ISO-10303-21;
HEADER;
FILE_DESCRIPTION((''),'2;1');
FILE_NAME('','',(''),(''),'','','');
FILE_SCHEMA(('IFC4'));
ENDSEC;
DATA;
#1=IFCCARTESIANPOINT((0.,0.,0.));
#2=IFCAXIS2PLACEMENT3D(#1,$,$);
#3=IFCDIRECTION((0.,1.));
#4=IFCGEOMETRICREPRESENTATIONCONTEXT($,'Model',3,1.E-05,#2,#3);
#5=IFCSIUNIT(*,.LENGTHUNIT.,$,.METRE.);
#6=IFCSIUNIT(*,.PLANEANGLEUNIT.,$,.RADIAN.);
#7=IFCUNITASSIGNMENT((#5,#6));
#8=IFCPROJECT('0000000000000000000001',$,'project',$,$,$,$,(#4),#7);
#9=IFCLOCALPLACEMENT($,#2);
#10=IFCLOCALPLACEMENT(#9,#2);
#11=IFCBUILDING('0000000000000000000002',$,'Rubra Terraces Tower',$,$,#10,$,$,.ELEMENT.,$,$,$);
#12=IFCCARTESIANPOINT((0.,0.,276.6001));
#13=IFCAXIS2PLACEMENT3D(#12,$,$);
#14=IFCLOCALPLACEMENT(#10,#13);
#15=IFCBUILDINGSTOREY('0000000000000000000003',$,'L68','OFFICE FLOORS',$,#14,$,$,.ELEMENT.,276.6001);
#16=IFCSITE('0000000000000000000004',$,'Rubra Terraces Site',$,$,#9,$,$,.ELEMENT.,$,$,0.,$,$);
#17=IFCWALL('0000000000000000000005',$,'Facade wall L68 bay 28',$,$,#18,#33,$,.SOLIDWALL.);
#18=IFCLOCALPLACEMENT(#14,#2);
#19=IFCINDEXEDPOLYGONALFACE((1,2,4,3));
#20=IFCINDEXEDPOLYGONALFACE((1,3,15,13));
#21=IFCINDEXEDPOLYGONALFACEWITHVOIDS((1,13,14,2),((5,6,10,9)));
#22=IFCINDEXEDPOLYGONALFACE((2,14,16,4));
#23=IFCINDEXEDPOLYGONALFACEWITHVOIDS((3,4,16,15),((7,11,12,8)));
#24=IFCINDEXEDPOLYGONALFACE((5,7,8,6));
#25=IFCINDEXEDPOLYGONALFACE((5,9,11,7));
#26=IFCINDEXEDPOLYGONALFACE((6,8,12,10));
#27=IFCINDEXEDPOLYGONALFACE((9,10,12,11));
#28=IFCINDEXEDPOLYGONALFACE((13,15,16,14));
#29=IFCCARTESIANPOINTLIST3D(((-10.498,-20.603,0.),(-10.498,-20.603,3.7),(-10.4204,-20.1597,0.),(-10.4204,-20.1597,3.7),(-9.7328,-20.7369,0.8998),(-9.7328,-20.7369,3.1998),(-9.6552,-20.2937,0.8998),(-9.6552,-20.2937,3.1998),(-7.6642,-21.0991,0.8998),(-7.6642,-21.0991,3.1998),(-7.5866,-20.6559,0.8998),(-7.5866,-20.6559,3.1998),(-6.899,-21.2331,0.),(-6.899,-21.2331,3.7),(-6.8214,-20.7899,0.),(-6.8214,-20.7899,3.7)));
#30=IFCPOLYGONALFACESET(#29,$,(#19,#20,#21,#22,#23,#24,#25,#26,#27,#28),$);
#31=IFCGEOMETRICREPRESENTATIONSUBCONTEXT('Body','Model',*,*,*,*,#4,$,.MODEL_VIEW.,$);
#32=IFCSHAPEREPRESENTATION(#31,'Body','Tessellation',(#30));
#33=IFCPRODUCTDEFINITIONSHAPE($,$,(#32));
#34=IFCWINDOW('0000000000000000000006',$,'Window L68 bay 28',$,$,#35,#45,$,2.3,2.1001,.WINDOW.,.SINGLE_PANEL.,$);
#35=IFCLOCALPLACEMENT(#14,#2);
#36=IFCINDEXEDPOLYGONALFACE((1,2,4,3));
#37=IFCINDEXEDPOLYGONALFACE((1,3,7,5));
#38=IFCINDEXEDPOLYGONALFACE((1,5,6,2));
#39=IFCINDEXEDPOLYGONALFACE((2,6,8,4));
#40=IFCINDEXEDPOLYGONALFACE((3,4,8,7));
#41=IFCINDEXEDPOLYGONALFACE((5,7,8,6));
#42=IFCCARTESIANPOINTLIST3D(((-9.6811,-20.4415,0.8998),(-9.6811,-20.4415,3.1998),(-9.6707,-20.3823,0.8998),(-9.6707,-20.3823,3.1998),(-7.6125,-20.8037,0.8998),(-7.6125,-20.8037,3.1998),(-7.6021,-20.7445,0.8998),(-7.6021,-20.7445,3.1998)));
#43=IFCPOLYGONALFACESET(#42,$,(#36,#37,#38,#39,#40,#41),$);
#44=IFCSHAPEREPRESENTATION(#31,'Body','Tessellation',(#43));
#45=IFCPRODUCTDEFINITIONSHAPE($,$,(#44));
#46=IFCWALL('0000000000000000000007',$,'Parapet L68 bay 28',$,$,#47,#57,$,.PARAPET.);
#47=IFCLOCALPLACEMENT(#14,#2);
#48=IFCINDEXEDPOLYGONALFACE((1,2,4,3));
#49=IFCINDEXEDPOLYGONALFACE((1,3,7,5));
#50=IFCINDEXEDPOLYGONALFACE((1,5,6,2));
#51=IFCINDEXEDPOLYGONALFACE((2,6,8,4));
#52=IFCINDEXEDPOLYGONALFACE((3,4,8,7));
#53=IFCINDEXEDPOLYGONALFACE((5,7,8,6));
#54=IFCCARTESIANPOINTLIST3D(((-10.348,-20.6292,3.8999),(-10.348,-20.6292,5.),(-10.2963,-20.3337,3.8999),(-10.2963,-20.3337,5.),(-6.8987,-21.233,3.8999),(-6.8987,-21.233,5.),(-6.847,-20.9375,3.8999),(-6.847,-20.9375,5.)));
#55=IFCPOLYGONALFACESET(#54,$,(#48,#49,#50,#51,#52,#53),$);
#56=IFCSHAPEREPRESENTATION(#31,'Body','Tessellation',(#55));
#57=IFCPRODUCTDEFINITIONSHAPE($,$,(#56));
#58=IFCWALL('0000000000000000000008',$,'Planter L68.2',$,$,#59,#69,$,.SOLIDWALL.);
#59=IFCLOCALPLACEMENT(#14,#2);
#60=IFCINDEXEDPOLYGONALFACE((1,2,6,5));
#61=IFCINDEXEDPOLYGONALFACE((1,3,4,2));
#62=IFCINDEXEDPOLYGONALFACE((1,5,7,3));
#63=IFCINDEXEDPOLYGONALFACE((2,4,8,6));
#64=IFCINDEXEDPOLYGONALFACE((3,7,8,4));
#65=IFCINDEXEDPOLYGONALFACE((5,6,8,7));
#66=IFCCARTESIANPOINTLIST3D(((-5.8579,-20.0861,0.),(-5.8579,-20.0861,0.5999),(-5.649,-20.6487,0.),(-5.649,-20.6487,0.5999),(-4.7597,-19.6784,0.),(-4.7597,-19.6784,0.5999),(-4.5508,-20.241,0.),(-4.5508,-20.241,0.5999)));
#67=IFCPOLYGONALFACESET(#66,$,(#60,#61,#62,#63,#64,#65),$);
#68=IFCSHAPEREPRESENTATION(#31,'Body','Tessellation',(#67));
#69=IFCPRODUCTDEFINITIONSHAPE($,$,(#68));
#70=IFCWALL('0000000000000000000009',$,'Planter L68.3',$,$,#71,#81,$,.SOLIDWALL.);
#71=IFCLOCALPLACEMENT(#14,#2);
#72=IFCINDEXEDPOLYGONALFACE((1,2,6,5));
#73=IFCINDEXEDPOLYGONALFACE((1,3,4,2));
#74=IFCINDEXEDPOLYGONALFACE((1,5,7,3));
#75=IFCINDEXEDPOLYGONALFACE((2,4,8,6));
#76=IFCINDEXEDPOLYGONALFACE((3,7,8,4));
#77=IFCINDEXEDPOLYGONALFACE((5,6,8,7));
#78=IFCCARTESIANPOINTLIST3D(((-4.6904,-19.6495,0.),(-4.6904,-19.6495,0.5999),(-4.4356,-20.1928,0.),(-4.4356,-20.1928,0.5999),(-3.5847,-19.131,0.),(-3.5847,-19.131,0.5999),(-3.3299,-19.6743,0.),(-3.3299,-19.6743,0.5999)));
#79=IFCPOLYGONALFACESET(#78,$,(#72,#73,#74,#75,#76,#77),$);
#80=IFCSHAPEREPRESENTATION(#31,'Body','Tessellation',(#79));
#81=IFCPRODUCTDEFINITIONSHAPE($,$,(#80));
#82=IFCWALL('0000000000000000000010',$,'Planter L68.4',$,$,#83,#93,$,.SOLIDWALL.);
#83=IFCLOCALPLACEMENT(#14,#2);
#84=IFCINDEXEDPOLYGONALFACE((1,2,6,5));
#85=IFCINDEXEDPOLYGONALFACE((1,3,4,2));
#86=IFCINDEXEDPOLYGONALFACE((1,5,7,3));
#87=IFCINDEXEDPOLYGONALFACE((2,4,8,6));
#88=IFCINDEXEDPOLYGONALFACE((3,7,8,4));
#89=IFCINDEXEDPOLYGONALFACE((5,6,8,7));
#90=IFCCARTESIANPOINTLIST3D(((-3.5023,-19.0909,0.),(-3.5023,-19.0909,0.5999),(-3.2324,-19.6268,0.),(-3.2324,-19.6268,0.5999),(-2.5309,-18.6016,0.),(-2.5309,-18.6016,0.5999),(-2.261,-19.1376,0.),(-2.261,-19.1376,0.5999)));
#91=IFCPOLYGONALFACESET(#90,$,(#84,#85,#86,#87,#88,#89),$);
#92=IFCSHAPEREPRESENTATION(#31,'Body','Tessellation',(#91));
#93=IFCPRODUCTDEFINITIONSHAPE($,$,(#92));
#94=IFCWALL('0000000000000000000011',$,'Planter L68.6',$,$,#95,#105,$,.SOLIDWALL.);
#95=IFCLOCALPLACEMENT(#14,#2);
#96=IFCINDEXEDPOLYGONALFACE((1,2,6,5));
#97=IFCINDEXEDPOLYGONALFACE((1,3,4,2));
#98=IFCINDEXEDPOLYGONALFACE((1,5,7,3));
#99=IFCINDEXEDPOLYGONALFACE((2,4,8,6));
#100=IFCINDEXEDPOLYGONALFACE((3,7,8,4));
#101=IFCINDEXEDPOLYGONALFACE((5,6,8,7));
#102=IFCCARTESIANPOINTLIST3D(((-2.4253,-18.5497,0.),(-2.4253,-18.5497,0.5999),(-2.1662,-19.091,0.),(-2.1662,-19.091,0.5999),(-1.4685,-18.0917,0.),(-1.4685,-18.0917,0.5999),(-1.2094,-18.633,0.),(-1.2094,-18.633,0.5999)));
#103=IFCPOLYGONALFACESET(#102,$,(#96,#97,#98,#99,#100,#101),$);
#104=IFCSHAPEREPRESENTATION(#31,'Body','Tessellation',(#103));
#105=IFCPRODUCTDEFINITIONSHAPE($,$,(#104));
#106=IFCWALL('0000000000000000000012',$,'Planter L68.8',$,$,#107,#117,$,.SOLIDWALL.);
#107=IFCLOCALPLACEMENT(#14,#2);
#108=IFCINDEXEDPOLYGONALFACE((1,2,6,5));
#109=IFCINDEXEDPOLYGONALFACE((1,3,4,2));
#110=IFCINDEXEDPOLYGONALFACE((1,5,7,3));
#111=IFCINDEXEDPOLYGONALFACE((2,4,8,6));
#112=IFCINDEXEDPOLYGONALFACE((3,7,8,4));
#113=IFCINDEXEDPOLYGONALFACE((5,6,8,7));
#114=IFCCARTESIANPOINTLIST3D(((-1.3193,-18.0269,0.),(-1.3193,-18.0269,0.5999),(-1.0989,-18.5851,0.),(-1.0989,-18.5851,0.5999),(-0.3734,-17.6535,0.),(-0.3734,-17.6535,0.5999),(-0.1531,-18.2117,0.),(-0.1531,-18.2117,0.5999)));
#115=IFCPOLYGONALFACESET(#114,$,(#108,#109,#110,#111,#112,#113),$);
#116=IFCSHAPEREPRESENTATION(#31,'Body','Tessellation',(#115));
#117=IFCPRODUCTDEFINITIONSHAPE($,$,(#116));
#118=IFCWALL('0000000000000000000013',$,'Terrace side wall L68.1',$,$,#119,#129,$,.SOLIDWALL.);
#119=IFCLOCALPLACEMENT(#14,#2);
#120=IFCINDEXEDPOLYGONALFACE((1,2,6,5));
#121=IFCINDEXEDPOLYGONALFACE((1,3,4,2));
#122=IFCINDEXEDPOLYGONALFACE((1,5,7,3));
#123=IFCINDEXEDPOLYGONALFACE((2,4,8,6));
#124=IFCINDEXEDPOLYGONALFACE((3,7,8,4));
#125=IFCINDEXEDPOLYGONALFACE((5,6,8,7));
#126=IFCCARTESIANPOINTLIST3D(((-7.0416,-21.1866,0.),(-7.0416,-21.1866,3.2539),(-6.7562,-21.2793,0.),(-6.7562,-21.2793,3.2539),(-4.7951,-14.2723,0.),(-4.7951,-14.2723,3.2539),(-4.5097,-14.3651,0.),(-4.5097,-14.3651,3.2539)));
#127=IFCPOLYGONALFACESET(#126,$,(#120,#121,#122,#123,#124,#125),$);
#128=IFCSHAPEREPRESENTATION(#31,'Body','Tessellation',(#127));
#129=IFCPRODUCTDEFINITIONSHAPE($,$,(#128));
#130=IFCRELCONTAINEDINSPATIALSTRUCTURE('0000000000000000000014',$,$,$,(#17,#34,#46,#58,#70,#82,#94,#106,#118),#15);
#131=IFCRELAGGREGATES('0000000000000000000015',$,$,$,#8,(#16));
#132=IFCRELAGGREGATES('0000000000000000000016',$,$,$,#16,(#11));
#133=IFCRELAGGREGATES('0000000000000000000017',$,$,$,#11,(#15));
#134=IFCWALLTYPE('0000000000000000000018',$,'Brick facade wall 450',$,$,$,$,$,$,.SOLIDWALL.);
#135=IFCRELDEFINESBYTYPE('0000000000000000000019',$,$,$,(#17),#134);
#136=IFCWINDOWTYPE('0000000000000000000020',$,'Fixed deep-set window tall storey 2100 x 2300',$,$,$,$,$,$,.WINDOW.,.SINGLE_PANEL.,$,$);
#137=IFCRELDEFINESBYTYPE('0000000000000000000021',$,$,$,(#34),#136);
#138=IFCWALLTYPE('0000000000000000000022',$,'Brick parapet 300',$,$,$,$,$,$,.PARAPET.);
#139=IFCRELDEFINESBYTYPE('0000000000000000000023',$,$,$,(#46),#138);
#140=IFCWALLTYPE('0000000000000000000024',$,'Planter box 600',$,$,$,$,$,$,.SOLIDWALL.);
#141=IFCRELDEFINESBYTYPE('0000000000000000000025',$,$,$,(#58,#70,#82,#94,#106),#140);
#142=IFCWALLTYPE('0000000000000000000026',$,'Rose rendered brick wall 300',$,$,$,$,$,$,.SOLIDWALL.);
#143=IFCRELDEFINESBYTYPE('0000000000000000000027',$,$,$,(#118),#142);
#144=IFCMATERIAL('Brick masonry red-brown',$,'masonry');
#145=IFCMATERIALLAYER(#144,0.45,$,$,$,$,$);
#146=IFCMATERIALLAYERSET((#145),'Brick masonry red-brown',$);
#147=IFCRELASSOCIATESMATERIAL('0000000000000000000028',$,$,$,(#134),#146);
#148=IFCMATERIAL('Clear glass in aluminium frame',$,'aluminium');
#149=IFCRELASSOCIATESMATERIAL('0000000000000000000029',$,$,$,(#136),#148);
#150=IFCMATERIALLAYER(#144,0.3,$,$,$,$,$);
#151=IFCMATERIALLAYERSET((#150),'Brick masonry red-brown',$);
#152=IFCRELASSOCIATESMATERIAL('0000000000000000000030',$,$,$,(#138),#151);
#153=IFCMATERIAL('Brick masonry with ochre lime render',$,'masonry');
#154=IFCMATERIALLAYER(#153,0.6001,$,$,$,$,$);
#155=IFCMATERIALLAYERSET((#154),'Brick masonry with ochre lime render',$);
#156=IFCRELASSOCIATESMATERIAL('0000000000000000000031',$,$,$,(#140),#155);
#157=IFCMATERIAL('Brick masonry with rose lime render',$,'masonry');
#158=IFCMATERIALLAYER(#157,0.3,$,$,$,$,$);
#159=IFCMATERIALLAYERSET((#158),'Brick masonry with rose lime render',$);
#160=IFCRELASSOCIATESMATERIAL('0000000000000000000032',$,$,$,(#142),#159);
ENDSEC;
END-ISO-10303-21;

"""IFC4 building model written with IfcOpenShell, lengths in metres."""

from ifc_helpers import new_model, si_unit, direction, frame, frame_2d, origin, place, context, subcontext, project, spatial, rectangle, extrude, material, layer, layer_set, type_object, element, fill, save


model = new_model("IFC4")

# Units and contexts
model_context = context("Model", 3, precision=1e-05, world=origin(), true_north=direction((0.0, 1.0)))
body_context = subcontext(model_context, "Body", "Model", "MODEL_VIEW")
ifc_project = project(units=[si_unit("LENGTHUNIT", "METRE"), si_unit("PLANEANGLEUNIT", "RADIAN")], contexts=[model_context])

# Site, building, storey
site_placement = place(None, origin())
site = spatial("IfcSite", under=ifc_project, at=site_placement, Name="Rubra Terraces Site", CompositionType="ELEMENT", RefElevation=0.0)
building_placement = place(site_placement, origin())
building = spatial("IfcBuilding", under=site, at=building_placement, Name="Rubra Terraces Tower", CompositionType="ELEMENT")
storey_placement = place(building_placement, frame((0.0, 0.0, 276.6001)))
storey = spatial("IfcBuildingStorey", under=building, at=storey_placement, Name="L68", Description="OFFICE FLOORS", CompositionType="ELEMENT", Elevation=276.6001)

# Wall, opening, window
ifc_material_1 = material(Name="Brick masonry red-brown", Category="masonry")
ifc_layer_1 = layer(ifc_material_1, 0.45)
ifc_layer_set_1 = layer_set([ifc_layer_1], Name="Brick masonry red-brown")
wall_type_1 = type_object("IfcWallType", Name="Brick facade wall 450", PredefinedType="SOLIDWALL", material=ifc_layer_set_1)
wall_1_placement = place(storey_placement, frame((-10.4592, -20.3813, 0.0), z_axis=(0.0, 0.0, 1.0), x_axis=(0.985017, -0.172455, 0.0)))
wall_1 = element("IfcWall", 1, at=wall_1_placement, inside=storey, type_object=wall_type_1, Name="Facade wall L68 bay 28", PredefinedType="SOLIDWALL", context=body_context, shape_type="SweptSolid", body=[
    extrude(rectangle(XDim=3.6538, YDim=0.45, at=frame_2d((1.8269, 0.0))), origin(), (0.0, 0.0, 1.0), 3.7),
])
opening_placement = place(wall_1_placement, frame((0.7769, 0.0, 0.8999)))
opening = element("IfcOpeningElement", 2, at=opening_placement, cuts=wall_1, PredefinedType="OPENING", context=body_context, shape_type="SweptSolid", body=[
    extrude(rectangle(XDim=2.1001, YDim=2.3, at=frame_2d((1.05, 1.1499))), frame((0.0, 0.2349, 0.0), z_axis=(0.0, -1.0, 0.0), x_axis=(1.0, 0.0, 0.0)), (0.0, 0.0, 1.0), 0.47),
])
ifc_material_2 = material(Name="Clear glass in aluminium frame", Category="aluminium")
window_type = type_object("IfcWindowType", Name="Fixed deep-set window tall storey 2100 x 2300", PartitioningType="SINGLE_PANEL", PredefinedType="WINDOW", material=ifc_material_2)
window_placement = place(opening_placement, origin())
window = element("IfcWindow", 3, at=window_placement, inside=storey, type_object=window_type, Name="Window L68 bay 28", OverallHeight=2.3, OverallWidth=2.1001, PartitioningType="SINGLE_PANEL", PredefinedType="WINDOW", context=body_context, shape_type="SweptSolid", body=[
    extrude(rectangle(XDim=2.1001, YDim=2.3, at=frame_2d((1.05, 1.1499))), frame((0.0, 0.135, 0.0), z_axis=(0.0, -1.0, 0.0), x_axis=(1.0, 0.0, 0.0)), (0.0, 0.0, 1.0), 0.0601),
])
fill(opening, window)

# Walls
ifc_layer_2 = layer(ifc_material_1, 0.3)
ifc_layer_set_2 = layer_set([ifc_layer_2], Name="Brick masonry red-brown")
wall_type_2 = type_object("IfcWallType", Name="Brick parapet 300", PredefinedType="PARAPET", material=ifc_layer_set_2)
wall_2_placement = place(storey_placement, frame((-10.3223, -20.4814, 3.8999), z_axis=(0.0, 0.0, 1.0), x_axis=(0.985023, -0.172421, 0.0)))
element("IfcWall", 4, at=wall_2_placement, inside=storey, type_object=wall_type_2, Name="Parapet L68 bay 28", PredefinedType="PARAPET", context=body_context, shape_type="SweptSolid", body=[
    extrude(rectangle(XDim=3.5017, YDim=0.3, at=frame_2d((1.751, 0.0))), origin(), (0.0, 0.0, 1.0), 1.1001),
])
ifc_material_3 = material(Name="Brick masonry with ochre lime render", Category="masonry")
ifc_layer_3 = layer(ifc_material_3, 0.6001)
ifc_layer_set_3 = layer_set([ifc_layer_3], Name="Brick masonry with ochre lime render")
wall_type_3 = type_object("IfcWallType", Name="Planter box 600", PredefinedType="SOLIDWALL", material=ifc_layer_set_3)
wall_3_placement = place(storey_placement, frame((-5.7534, -20.3674, 0.0), z_axis=(0.0, 0.0, 1.0), x_axis=(0.937472, 0.348061, 0.0)))
element("IfcWall", 5, at=wall_3_placement, inside=storey, type_object=wall_type_3, Name="Planter L68.2", PredefinedType="SOLIDWALL", context=body_context, shape_type="SweptSolid", body=[
    extrude(rectangle(XDim=1.1714, YDim=0.6001, at=frame_2d((0.5857, 0.0))), origin(), (0.0, 0.0, 1.0), 0.5999),
])
wall_4_placement = place(storey_placement, frame((-4.563, -19.9211, 0.0), z_axis=(0.0, 0.0, 1.0), x_axis=(0.90538, 0.424603, 0.0)))
element("IfcWall", 6, at=wall_4_placement, inside=storey, type_object=wall_type_3, Name="Planter L68.3", PredefinedType="SOLIDWALL", context=body_context, shape_type="SweptSolid", body=[
    extrude(rectangle(XDim=1.2212, YDim=0.6001, at=frame_2d((0.6106, 0.0))), origin(), (0.0, 0.0, 1.0), 0.5999),
])
wall_5_placement = place(storey_placement, frame((-3.3674, -19.3589, 0.0), z_axis=(0.0, 0.0, 1.0), x_axis=(0.893122, 0.449815, 0.0)))
element("IfcWall", 7, at=wall_5_placement, inside=storey, type_object=wall_type_3, Name="Planter L68.4", PredefinedType="SOLIDWALL", context=body_context, shape_type="SweptSolid", body=[
    extrude(rectangle(XDim=1.0876, YDim=0.6001, at=frame_2d((0.5439, 0.0))), origin(), (0.0, 0.0, 1.0), 0.5999),
])
wall_6_placement = place(storey_placement, frame((-2.2957, -18.8203, 0.0), z_axis=(0.0, 0.0, 1.0), x_axis=(0.901982, 0.431773, 0.0)))
element("IfcWall", 8, at=wall_6_placement, inside=storey, type_object=wall_type_3, Name="Planter L68.6", PredefinedType="SOLIDWALL", context=body_context, shape_type="SweptSolid", body=[
    extrude(rectangle(XDim=1.0608, YDim=0.6001, at=frame_2d((0.5303, 0.0))), origin(), (0.0, 0.0, 1.0), 0.5999),
])
wall_7_placement = place(storey_placement, frame((-1.209, -18.3059, 0.0), z_axis=(0.0, 0.0, 1.0), x_axis=(0.930172, 0.367123, 0.0)))
element("IfcWall", 9, at=wall_7_placement, inside=storey, type_object=wall_type_3, Name="Planter L68.8", PredefinedType="SOLIDWALL", context=body_context, shape_type="SweptSolid", body=[
    extrude(rectangle(XDim=1.0168, YDim=0.6001, at=frame_2d((0.5083, 0.0))), origin(), (0.0, 0.0, 1.0), 0.5999),
])
ifc_material_4 = material(Name="Brick masonry with rose lime render", Category="masonry")
ifc_layer_4 = layer(ifc_material_4, 0.3)
ifc_layer_set_4 = layer_set([ifc_layer_4], Name="Brick masonry with rose lime render")
wall_type_4 = type_object("IfcWallType", Name="Rose rendered brick wall 300", PredefinedType="SOLIDWALL", material=ifc_layer_set_4)
wall_8_placement = place(storey_placement, frame((-6.8989, -21.2329, 0.0), z_axis=(0.0, 0.0, 1.0), x_axis=(0.309015, 0.951057, 0.0)))
element("IfcWall", 10, at=wall_8_placement, inside=storey, type_object=wall_type_4, Name="Terrace side wall L68.1", PredefinedType="SOLIDWALL", context=body_context, shape_type="SweptSolid", body=[
    extrude(rectangle(XDim=7.27, YDim=0.3, at=frame_2d((3.635, 0.0))), origin(), (0.0, 0.0, 1.0), 3.2539),
])

save(model, "model.ifc")
